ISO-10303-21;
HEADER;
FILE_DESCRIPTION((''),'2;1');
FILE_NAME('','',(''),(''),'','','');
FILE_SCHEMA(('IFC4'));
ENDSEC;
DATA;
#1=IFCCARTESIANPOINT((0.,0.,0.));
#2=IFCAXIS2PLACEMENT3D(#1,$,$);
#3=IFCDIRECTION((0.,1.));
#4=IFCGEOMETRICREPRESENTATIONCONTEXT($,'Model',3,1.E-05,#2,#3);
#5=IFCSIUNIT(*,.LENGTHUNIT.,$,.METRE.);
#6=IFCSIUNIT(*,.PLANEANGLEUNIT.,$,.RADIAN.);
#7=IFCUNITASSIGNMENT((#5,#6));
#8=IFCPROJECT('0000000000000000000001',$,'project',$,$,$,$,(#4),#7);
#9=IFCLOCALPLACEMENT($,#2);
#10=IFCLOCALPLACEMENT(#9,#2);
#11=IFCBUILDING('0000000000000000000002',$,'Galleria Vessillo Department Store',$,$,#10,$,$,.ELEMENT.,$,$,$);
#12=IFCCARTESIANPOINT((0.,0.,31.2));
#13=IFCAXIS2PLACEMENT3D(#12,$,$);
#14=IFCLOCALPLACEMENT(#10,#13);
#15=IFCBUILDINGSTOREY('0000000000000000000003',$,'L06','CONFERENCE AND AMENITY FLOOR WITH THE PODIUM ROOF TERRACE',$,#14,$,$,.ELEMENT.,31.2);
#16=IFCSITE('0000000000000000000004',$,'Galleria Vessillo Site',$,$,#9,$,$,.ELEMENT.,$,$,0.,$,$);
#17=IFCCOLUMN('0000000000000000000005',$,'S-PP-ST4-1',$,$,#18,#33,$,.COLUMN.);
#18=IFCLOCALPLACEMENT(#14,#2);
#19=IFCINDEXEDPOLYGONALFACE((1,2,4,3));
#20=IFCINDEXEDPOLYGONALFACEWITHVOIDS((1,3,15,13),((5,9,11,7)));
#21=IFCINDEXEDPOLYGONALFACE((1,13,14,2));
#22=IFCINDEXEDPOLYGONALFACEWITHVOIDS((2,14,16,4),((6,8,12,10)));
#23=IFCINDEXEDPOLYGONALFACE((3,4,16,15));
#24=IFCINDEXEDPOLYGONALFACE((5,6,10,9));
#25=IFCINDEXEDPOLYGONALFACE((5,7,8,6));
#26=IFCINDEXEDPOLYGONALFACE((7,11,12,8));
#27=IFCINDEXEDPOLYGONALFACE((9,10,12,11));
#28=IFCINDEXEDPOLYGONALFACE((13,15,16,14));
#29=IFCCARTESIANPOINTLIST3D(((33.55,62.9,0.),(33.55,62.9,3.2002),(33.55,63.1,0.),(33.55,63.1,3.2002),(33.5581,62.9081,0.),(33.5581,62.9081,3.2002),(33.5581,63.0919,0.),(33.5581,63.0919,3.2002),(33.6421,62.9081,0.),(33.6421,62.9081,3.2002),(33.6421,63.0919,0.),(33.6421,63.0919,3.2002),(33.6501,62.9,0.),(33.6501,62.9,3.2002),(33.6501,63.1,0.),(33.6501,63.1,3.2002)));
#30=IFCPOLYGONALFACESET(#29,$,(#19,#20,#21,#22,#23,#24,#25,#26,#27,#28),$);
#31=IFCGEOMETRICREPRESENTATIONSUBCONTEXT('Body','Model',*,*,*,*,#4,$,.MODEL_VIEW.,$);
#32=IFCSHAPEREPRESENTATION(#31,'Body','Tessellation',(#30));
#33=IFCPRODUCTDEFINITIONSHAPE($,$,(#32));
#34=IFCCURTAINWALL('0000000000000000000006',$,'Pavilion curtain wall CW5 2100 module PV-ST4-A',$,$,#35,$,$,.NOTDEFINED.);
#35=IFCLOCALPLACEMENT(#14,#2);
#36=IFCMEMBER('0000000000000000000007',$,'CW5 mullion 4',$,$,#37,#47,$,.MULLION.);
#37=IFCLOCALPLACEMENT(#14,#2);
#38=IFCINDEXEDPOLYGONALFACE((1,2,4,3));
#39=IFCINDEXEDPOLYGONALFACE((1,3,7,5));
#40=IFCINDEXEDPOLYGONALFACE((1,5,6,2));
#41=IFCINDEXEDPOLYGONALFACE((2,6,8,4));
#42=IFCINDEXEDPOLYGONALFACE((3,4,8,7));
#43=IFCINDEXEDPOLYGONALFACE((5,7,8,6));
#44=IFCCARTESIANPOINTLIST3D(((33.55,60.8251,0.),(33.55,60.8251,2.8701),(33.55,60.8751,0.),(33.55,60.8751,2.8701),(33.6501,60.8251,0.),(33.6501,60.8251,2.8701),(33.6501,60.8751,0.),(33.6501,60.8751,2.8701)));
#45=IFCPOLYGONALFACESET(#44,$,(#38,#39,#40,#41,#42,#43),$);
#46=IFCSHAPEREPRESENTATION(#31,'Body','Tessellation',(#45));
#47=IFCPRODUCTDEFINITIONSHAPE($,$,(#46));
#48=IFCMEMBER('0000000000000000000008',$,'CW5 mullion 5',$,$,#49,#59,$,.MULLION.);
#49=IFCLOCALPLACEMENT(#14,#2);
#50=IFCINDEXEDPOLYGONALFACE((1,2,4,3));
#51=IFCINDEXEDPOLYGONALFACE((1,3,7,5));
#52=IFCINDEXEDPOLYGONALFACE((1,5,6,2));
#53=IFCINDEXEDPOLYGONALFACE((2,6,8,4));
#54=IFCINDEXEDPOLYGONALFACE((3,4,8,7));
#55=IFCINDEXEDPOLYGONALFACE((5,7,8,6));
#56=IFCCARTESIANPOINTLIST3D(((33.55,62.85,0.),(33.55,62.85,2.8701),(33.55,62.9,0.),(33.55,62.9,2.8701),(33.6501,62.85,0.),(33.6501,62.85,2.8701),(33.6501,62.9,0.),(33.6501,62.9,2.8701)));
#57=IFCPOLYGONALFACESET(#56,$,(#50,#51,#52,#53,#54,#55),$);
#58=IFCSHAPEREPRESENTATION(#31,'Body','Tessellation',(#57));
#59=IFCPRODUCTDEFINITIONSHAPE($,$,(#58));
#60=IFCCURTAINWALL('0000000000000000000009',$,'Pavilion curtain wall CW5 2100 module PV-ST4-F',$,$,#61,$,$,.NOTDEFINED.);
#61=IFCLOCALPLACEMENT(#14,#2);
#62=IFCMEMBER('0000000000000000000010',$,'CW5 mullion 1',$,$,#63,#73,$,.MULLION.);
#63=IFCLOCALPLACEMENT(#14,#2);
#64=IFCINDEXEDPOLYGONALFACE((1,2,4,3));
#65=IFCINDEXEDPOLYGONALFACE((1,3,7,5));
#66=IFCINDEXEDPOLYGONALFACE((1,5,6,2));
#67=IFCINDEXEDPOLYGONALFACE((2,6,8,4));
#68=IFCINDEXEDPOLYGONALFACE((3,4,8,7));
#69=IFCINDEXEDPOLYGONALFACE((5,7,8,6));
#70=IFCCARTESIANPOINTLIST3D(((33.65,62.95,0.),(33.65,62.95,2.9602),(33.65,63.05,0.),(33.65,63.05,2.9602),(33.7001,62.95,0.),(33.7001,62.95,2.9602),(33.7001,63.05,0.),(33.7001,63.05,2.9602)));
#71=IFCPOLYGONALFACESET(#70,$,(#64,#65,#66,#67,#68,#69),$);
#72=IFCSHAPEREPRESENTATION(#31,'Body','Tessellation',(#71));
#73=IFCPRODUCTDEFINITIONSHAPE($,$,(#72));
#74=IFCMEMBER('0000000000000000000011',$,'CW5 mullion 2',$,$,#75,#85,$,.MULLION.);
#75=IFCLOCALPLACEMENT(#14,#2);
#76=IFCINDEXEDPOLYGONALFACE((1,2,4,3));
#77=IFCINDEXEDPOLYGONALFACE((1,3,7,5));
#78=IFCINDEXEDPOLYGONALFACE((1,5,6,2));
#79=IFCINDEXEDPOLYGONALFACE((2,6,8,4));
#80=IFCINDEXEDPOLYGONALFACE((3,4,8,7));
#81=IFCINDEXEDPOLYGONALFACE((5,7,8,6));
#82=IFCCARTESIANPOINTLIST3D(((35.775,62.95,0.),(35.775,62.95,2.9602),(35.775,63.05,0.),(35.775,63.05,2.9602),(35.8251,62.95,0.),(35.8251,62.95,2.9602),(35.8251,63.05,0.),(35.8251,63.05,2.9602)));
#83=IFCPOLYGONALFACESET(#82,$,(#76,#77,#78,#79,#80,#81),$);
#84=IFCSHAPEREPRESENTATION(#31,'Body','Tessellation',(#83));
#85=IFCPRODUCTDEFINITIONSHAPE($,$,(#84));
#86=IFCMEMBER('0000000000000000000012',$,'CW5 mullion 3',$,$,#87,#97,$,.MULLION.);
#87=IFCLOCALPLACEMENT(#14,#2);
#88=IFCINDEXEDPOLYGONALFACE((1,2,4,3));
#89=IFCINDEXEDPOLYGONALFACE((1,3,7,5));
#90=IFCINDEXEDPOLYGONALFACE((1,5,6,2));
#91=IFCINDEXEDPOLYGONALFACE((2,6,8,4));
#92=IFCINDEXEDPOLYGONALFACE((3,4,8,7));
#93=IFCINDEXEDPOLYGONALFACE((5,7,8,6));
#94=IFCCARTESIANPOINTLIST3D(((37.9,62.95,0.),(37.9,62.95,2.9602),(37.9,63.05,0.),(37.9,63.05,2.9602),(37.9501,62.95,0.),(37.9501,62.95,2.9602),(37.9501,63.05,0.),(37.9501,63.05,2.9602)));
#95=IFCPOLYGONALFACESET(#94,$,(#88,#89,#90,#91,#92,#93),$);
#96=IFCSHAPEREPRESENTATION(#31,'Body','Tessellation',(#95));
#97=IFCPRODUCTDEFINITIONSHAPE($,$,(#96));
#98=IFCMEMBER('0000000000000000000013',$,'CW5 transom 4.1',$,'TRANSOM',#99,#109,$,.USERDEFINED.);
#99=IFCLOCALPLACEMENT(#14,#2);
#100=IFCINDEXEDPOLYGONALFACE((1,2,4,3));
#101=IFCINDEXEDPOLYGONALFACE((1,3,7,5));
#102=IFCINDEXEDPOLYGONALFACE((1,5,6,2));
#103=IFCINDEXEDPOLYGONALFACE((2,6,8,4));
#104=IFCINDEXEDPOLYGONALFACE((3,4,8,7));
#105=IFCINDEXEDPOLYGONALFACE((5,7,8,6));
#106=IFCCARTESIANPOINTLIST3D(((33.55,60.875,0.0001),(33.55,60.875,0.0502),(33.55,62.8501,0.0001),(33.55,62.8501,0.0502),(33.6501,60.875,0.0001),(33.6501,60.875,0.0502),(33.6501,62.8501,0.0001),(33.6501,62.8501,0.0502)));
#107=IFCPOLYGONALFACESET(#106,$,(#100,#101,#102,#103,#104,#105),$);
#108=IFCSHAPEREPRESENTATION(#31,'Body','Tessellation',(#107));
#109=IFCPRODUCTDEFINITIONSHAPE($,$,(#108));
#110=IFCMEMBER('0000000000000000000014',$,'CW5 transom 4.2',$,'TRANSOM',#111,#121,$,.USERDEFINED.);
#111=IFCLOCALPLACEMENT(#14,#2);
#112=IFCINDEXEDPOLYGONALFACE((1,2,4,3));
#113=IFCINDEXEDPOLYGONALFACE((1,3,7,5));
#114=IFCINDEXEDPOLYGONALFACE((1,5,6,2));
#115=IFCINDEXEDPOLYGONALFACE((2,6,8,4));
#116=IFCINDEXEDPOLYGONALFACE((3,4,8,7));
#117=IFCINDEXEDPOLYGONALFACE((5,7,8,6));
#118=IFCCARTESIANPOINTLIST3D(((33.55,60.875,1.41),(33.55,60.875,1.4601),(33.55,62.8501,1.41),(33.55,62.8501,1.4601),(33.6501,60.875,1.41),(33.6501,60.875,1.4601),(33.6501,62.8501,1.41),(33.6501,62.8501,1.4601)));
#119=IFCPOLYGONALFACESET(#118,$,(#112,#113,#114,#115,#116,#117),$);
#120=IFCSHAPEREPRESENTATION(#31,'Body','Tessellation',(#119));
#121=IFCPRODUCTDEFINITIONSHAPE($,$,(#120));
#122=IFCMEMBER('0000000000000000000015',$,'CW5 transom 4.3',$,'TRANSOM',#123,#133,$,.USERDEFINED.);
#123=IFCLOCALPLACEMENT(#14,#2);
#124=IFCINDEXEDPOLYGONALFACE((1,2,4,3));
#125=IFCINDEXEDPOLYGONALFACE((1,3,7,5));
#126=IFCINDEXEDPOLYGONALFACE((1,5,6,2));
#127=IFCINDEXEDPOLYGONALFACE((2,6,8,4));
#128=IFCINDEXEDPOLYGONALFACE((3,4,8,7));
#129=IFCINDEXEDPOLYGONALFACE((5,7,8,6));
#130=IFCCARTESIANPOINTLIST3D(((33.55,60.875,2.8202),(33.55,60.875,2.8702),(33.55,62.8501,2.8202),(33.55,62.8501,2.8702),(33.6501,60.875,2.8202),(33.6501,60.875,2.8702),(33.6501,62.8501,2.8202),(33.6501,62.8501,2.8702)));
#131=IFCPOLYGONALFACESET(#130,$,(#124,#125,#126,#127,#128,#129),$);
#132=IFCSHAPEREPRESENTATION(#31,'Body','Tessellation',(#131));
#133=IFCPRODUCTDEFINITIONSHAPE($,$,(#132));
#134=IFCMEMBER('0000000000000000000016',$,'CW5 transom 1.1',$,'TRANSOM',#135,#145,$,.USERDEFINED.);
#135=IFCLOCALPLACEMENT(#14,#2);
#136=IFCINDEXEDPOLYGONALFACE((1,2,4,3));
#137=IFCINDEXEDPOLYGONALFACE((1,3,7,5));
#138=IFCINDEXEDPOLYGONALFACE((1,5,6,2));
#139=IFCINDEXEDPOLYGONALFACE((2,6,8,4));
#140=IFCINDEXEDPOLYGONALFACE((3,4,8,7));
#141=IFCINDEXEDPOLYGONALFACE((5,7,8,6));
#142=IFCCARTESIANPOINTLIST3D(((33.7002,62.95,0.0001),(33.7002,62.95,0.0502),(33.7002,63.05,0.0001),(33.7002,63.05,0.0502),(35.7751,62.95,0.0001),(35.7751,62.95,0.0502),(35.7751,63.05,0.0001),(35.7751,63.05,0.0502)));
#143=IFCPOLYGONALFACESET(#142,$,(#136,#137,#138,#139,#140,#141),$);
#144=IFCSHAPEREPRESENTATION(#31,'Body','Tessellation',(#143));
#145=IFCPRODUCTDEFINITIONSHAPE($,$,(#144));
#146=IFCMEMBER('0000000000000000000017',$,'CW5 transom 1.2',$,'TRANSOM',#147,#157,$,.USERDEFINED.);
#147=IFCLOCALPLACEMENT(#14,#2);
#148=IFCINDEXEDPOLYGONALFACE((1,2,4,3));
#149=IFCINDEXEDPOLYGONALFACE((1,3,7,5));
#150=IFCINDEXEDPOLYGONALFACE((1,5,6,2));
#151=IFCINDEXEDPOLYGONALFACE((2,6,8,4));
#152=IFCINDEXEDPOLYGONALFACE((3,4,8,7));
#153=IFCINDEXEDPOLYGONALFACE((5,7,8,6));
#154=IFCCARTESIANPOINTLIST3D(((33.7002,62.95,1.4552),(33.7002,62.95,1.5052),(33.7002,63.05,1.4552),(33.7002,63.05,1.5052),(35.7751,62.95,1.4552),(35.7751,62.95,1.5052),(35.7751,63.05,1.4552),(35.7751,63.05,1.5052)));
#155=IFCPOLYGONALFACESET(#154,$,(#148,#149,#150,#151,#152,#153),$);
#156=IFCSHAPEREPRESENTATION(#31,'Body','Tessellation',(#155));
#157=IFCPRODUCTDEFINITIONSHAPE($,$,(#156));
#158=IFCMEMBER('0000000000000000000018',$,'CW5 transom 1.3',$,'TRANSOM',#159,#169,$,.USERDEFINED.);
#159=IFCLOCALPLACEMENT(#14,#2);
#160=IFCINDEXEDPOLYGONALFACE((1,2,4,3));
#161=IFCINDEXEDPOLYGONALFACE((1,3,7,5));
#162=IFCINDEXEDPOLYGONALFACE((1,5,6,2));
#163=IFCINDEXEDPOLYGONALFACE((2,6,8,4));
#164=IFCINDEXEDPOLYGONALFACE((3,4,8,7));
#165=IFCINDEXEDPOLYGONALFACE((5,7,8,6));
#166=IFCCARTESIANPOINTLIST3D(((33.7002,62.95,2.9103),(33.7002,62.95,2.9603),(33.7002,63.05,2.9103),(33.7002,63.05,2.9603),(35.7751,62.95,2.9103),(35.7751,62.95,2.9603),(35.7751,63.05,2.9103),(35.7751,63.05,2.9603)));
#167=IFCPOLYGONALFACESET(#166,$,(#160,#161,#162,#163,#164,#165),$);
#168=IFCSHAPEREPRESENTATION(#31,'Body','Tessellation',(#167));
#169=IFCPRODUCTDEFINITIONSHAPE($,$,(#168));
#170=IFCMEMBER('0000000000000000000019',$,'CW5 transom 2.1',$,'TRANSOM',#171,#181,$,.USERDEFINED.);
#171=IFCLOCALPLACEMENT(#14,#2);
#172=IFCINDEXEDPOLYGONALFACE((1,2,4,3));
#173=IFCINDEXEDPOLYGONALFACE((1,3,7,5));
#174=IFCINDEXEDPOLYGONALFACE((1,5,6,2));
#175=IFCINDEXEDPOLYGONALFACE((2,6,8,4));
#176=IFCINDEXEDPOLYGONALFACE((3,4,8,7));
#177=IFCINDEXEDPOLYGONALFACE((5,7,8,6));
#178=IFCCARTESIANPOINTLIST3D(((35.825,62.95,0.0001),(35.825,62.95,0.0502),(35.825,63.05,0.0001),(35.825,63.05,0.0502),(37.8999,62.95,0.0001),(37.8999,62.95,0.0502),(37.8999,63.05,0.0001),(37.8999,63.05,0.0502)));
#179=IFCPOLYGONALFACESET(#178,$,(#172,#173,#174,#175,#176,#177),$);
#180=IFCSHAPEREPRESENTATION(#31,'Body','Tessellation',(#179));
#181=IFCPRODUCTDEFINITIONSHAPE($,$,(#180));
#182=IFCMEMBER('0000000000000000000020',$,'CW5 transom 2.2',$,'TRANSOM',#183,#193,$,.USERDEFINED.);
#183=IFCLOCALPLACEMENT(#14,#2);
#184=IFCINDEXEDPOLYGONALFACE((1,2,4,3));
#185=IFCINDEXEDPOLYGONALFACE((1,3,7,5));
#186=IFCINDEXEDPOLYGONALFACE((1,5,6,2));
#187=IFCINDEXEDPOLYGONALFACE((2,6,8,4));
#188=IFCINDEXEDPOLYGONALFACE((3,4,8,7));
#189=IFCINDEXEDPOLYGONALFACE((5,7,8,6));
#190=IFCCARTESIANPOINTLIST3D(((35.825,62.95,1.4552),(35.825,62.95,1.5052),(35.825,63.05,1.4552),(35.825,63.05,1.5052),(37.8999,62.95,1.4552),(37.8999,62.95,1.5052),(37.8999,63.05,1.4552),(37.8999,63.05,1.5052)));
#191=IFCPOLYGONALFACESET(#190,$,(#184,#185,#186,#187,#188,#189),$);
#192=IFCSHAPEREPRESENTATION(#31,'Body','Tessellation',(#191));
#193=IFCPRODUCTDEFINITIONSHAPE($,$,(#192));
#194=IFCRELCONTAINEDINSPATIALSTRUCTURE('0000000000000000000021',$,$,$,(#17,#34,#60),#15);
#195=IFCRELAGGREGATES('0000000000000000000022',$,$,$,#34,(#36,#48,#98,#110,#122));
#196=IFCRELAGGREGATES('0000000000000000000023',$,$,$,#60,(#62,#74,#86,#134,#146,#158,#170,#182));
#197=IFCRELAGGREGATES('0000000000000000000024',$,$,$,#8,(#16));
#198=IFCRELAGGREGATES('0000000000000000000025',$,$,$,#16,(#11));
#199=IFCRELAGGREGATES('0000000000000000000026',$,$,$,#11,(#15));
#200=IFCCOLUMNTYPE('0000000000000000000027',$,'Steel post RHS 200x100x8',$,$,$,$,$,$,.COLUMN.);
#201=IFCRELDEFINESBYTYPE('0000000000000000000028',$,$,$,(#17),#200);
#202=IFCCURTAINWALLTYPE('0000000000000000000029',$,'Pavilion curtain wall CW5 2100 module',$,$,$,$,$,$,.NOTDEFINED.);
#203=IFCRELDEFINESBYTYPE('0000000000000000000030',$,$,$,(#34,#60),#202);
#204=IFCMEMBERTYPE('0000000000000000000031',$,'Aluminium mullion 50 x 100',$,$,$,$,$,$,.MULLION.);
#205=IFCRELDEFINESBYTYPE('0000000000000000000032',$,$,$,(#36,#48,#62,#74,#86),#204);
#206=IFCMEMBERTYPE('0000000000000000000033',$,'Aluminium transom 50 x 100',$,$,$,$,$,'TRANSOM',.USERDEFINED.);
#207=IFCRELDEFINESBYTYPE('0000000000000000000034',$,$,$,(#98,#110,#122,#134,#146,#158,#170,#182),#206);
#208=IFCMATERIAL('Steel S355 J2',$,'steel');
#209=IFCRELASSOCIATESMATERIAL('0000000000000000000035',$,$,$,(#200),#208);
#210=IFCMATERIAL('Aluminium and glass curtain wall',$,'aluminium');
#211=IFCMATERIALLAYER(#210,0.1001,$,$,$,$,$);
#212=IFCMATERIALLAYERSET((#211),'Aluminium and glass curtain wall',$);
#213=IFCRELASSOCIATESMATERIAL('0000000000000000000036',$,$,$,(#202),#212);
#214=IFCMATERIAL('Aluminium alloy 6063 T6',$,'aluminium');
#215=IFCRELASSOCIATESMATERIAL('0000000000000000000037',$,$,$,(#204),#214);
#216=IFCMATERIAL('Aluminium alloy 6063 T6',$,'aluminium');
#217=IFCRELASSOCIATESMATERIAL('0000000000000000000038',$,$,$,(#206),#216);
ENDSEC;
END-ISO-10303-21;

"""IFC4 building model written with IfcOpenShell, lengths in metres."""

from ifc_helpers import new_model, si_unit, direction, frame, origin, origin_2d, place, context, subcontext, project, spatial, rectangle, hollow_rectangle, extrude, material, layer, layer_set, material_profile, profile_set, type_object, element, aggregate, save


model = new_model("IFC4")

# Units and contexts
model_context = context("Model", 3, precision=1e-05, world=origin(), true_north=direction((0.0, 1.0)))
body_context = subcontext(model_context, "Body", "Model", "MODEL_VIEW")
ifc_project = project(units=[si_unit("LENGTHUNIT", "METRE"), si_unit("PLANEANGLEUNIT", "RADIAN")], contexts=[model_context])

# Site, building, storey
site_placement = place(None, origin())
site = spatial("IfcSite", under=ifc_project, at=site_placement, Name="Galleria Vessillo Site", CompositionType="ELEMENT", RefElevation=0.0)
building_placement = place(site_placement, origin())
building = spatial("IfcBuilding", under=site, at=building_placement, Name="Galleria Vessillo Department Store", CompositionType="ELEMENT")
storey_placement = place(building_placement, frame((0.0, 0.0, 31.2)))
storey = spatial("IfcBuildingStorey", under=building, at=storey_placement, Name="L06", Description="CONFERENCE AND AMENITY FLOOR WITH THE PODIUM ROOF TERRACE", CompositionType="ELEMENT", Elevation=31.2)

# Column
ifc_material_1 = material(Name="Steel S355 J2", Category="steel")
ifc_material_profile_1 = material_profile(ifc_material_1, hollow_rectangle(XDim=0.1001, YDim=0.2, WallThickness=0.0081, at=origin_2d()), Name="RHS 200x100x8")
ifc_profile_set_1 = profile_set([ifc_material_profile_1], Name="Steel S355 J2")
column_type = type_object("IfcColumnType", Name="Steel post RHS 200x100x8", PredefinedType="COLUMN", material=ifc_profile_set_1)
column_placement = place(storey_placement, frame((33.6001, 63.0, 0.0), z_axis=(0.0, 0.0, 1.0), x_axis=(1.0, 0.0, 0.0)))
element("IfcColumn", 1, at=column_placement, inside=storey, type_object=column_type, Name="S-PP-ST4-1", PredefinedType="COLUMN", context=body_context, shape_type="SweptSolid", body=[
    extrude(hollow_rectangle(XDim=0.1001, YDim=0.2, WallThickness=0.0081, at=origin_2d()), origin(), (0.0, 0.0, 1.0), 3.2002),
])

# Curtain walls, members
ifc_material_2 = material(Name="Aluminium and glass curtain wall", Category="aluminium")
ifc_layer_1 = layer(ifc_material_2, 0.1001)
ifc_layer_set_1 = layer_set([ifc_layer_1], Name="Aluminium and glass curtain wall")
curtain_wall_type = type_object("IfcCurtainWallType", Name="Pavilion curtain wall CW5 2100 module", PredefinedType="NOTDEFINED", material=ifc_layer_set_1)
curtain_wall_1_placement = place(storey_placement, origin())
curtain_wall_1 = element("IfcCurtainWall", 2, at=curtain_wall_1_placement, inside=storey, type_object=curtain_wall_type, Name="Pavilion curtain wall CW5 2100 module PV-ST4-A", PredefinedType="NOTDEFINED")
ifc_material_3 = material(Name="Aluminium alloy 6063 T6", Category="aluminium")
ifc_material_profile_2 = material_profile(ifc_material_3, rectangle(XDim=0.1001, YDim=0.05, at=origin_2d()), Name="AL 50x100")
ifc_profile_set_2 = profile_set([ifc_material_profile_2], Name="Aluminium alloy 6063 T6")
member_type_1 = type_object("IfcMemberType", Name="Aluminium mullion 50 x 100", PredefinedType="MULLION", material=ifc_profile_set_2)
member_1_placement = place(storey_placement, frame((33.6001, 60.8501, 0.0), z_axis=(0.0, 0.0, 1.0), x_axis=(-1.0, 0.0, 0.0)))
member_1 = element("IfcMember", 3, at=member_1_placement, type_object=member_type_1, Name="CW5 mullion 4", PredefinedType="MULLION", context=body_context, shape_type="SweptSolid", body=[
    extrude(rectangle(XDim=0.1001, YDim=0.05, at=origin_2d()), origin(), (0.0, 0.0, 1.0), 2.8701),
])
member_2_placement = place(storey_placement, frame((33.6001, 62.875, 0.0), z_axis=(0.0, 0.0, 1.0), x_axis=(-1.0, 0.0, 0.0)))
member_2 = element("IfcMember", 4, at=member_2_placement, type_object=member_type_1, Name="CW5 mullion 5", PredefinedType="MULLION", context=body_context, shape_type="SweptSolid", body=[
    extrude(rectangle(XDim=0.1001, YDim=0.05, at=origin_2d()), origin(), (0.0, 0.0, 1.0), 2.8701),
])
curtain_wall_2_placement = place(storey_placement, origin())
curtain_wall_2 = element("IfcCurtainWall", 5, at=curtain_wall_2_placement, inside=storey, type_object=curtain_wall_type, Name="Pavilion curtain wall CW5 2100 module PV-ST4-F", PredefinedType="NOTDEFINED")
member_3_placement = place(storey_placement, frame((33.675, 63.0, 0.0), z_axis=(0.0, 0.0, 1.0), x_axis=(0.0, 1.0, 0.0)))
member_3 = element("IfcMember", 6, at=member_3_placement, type_object=member_type_1, Name="CW5 mullion 1", PredefinedType="MULLION", context=body_context, shape_type="SweptSolid", body=[
    extrude(rectangle(XDim=0.1001, YDim=0.05, at=origin_2d()), origin(), (0.0, 0.0, 1.0), 2.9602),
])
member_4_placement = place(storey_placement, frame((35.8, 63.0, 0.0), z_axis=(0.0, 0.0, 1.0), x_axis=(0.0, 1.0, 0.0)))
member_4 = element("IfcMember", 7, at=member_4_placement, type_object=member_type_1, Name="CW5 mullion 2", PredefinedType="MULLION", context=body_context, shape_type="SweptSolid", body=[
    extrude(rectangle(XDim=0.1001, YDim=0.05, at=origin_2d()), origin(), (0.0, 0.0, 1.0), 2.9602),
])
member_5_placement = place(storey_placement, frame((37.925, 63.0, 0.0), z_axis=(0.0, 0.0, 1.0), x_axis=(0.0, 1.0, 0.0)))
member_5 = element("IfcMember", 8, at=member_5_placement, type_object=member_type_1, Name="CW5 mullion 3", PredefinedType="MULLION", context=body_context, shape_type="SweptSolid", body=[
    extrude(rectangle(XDim=0.1001, YDim=0.05, at=origin_2d()), origin(), (0.0, 0.0, 1.0), 2.9602),
])

# Members
ifc_material_4 = material(Name="Aluminium alloy 6063 T6", Category="aluminium")
ifc_material_profile_3 = material_profile(ifc_material_4, rectangle(XDim=0.1001, YDim=0.05, at=origin_2d()), Name="AL 50x100")
ifc_profile_set_3 = profile_set([ifc_material_profile_3], Name="Aluminium alloy 6063 T6")
member_type_2 = type_object("IfcMemberType", Name="Aluminium transom 50 x 100", ElementType="TRANSOM", PredefinedType="USERDEFINED", material=ifc_profile_set_3)
member_6_placement = place(storey_placement, frame((33.6001, 60.875, 0.0251), z_axis=(0.0, 1.0, 0.0), x_axis=(-1.0, 0.0, 0.0)))
member_6 = element("IfcMember", 9, at=member_6_placement, type_object=member_type_2, Name="CW5 transom 4.1", ObjectType="TRANSOM", PredefinedType="USERDEFINED", context=body_context, shape_type="SweptSolid", body=[
    extrude(rectangle(XDim=0.1001, YDim=0.05, at=origin_2d()), origin(), (0.0, 0.0, 1.0), 1.9751),
])
member_7_placement = place(storey_placement, frame((33.6001, 60.875, 1.4351), z_axis=(0.0, 1.0, 0.0), x_axis=(-1.0, 0.0, 0.0)))
member_7 = element("IfcMember", 10, at=member_7_placement, type_object=member_type_2, Name="CW5 transom 4.2", ObjectType="TRANSOM", PredefinedType="USERDEFINED", context=body_context, shape_type="SweptSolid", body=[
    extrude(rectangle(XDim=0.1001, YDim=0.05, at=origin_2d()), origin(), (0.0, 0.0, 1.0), 1.9751),
])
member_8_placement = place(storey_placement, frame((33.6001, 60.875, 2.8452), z_axis=(0.0, 1.0, 0.0), x_axis=(-1.0, 0.0, 0.0)))
member_8 = element("IfcMember", 11, at=member_8_placement, type_object=member_type_2, Name="CW5 transom 4.3", ObjectType="TRANSOM", PredefinedType="USERDEFINED", context=body_context, shape_type="SweptSolid", body=[
    extrude(rectangle(XDim=0.1001, YDim=0.05, at=origin_2d()), origin(), (0.0, 0.0, 1.0), 1.9751),
])
member_9_placement = place(storey_placement, frame((33.7002, 63.0, 0.0251), z_axis=(1.0, 0.0, 0.0), x_axis=(0.0, 1.0, 0.0)))
member_9 = element("IfcMember", 12, at=member_9_placement, type_object=member_type_2, Name="CW5 transom 1.1", ObjectType="TRANSOM", PredefinedType="USERDEFINED", context=body_context, shape_type="SweptSolid", body=[
    extrude(rectangle(XDim=0.1001, YDim=0.05, at=origin_2d()), origin(), (0.0, 0.0, 1.0), 2.075),
])
member_10_placement = place(storey_placement, frame((33.7002, 63.0, 1.4802), z_axis=(1.0, 0.0, 0.0), x_axis=(0.0, 1.0, 0.0)))
member_10 = element("IfcMember", 13, at=member_10_placement, type_object=member_type_2, Name="CW5 transom 1.2", ObjectType="TRANSOM", PredefinedType="USERDEFINED", context=body_context, shape_type="SweptSolid", body=[
    extrude(rectangle(XDim=0.1001, YDim=0.05, at=origin_2d()), origin(), (0.0, 0.0, 1.0), 2.075),
])
member_11_placement = place(storey_placement, frame((33.7002, 63.0, 2.9353), z_axis=(1.0, 0.0, 0.0), x_axis=(0.0, 1.0, 0.0)))
member_11 = element("IfcMember", 14, at=member_11_placement, type_object=member_type_2, Name="CW5 transom 1.3", ObjectType="TRANSOM", PredefinedType="USERDEFINED", context=body_context, shape_type="SweptSolid", body=[
    extrude(rectangle(XDim=0.1001, YDim=0.05, at=origin_2d()), origin(), (0.0, 0.0, 1.0), 2.075),
])
member_12_placement = place(storey_placement, frame((35.825, 63.0, 0.0251), z_axis=(1.0, 0.0, 0.0), x_axis=(0.0, 1.0, 0.0)))
member_12 = element("IfcMember", 15, at=member_12_placement, type_object=member_type_2, Name="CW5 transom 2.1", ObjectType="TRANSOM", PredefinedType="USERDEFINED", context=body_context, shape_type="SweptSolid", body=[
    extrude(rectangle(XDim=0.1001, YDim=0.05, at=origin_2d()), origin(), (0.0, 0.0, 1.0), 2.075),
])
member_13_placement = place(storey_placement, frame((35.825, 63.0, 1.4802), z_axis=(1.0, 0.0, 0.0), x_axis=(0.0, 1.0, 0.0)))
member_13 = element("IfcMember", 16, at=member_13_placement, type_object=member_type_2, Name="CW5 transom 2.2", ObjectType="TRANSOM", PredefinedType="USERDEFINED", context=body_context, shape_type="SweptSolid", body=[
    extrude(rectangle(XDim=0.1001, YDim=0.05, at=origin_2d()), origin(), (0.0, 0.0, 1.0), 2.075),
])

aggregate(curtain_wall_1, [member_1, member_2, member_6, member_7, member_8])
aggregate(curtain_wall_2, [member_3, member_4, member_5, member_9, member_10, member_11, member_12, member_13])

save(model, "model.ifc")
